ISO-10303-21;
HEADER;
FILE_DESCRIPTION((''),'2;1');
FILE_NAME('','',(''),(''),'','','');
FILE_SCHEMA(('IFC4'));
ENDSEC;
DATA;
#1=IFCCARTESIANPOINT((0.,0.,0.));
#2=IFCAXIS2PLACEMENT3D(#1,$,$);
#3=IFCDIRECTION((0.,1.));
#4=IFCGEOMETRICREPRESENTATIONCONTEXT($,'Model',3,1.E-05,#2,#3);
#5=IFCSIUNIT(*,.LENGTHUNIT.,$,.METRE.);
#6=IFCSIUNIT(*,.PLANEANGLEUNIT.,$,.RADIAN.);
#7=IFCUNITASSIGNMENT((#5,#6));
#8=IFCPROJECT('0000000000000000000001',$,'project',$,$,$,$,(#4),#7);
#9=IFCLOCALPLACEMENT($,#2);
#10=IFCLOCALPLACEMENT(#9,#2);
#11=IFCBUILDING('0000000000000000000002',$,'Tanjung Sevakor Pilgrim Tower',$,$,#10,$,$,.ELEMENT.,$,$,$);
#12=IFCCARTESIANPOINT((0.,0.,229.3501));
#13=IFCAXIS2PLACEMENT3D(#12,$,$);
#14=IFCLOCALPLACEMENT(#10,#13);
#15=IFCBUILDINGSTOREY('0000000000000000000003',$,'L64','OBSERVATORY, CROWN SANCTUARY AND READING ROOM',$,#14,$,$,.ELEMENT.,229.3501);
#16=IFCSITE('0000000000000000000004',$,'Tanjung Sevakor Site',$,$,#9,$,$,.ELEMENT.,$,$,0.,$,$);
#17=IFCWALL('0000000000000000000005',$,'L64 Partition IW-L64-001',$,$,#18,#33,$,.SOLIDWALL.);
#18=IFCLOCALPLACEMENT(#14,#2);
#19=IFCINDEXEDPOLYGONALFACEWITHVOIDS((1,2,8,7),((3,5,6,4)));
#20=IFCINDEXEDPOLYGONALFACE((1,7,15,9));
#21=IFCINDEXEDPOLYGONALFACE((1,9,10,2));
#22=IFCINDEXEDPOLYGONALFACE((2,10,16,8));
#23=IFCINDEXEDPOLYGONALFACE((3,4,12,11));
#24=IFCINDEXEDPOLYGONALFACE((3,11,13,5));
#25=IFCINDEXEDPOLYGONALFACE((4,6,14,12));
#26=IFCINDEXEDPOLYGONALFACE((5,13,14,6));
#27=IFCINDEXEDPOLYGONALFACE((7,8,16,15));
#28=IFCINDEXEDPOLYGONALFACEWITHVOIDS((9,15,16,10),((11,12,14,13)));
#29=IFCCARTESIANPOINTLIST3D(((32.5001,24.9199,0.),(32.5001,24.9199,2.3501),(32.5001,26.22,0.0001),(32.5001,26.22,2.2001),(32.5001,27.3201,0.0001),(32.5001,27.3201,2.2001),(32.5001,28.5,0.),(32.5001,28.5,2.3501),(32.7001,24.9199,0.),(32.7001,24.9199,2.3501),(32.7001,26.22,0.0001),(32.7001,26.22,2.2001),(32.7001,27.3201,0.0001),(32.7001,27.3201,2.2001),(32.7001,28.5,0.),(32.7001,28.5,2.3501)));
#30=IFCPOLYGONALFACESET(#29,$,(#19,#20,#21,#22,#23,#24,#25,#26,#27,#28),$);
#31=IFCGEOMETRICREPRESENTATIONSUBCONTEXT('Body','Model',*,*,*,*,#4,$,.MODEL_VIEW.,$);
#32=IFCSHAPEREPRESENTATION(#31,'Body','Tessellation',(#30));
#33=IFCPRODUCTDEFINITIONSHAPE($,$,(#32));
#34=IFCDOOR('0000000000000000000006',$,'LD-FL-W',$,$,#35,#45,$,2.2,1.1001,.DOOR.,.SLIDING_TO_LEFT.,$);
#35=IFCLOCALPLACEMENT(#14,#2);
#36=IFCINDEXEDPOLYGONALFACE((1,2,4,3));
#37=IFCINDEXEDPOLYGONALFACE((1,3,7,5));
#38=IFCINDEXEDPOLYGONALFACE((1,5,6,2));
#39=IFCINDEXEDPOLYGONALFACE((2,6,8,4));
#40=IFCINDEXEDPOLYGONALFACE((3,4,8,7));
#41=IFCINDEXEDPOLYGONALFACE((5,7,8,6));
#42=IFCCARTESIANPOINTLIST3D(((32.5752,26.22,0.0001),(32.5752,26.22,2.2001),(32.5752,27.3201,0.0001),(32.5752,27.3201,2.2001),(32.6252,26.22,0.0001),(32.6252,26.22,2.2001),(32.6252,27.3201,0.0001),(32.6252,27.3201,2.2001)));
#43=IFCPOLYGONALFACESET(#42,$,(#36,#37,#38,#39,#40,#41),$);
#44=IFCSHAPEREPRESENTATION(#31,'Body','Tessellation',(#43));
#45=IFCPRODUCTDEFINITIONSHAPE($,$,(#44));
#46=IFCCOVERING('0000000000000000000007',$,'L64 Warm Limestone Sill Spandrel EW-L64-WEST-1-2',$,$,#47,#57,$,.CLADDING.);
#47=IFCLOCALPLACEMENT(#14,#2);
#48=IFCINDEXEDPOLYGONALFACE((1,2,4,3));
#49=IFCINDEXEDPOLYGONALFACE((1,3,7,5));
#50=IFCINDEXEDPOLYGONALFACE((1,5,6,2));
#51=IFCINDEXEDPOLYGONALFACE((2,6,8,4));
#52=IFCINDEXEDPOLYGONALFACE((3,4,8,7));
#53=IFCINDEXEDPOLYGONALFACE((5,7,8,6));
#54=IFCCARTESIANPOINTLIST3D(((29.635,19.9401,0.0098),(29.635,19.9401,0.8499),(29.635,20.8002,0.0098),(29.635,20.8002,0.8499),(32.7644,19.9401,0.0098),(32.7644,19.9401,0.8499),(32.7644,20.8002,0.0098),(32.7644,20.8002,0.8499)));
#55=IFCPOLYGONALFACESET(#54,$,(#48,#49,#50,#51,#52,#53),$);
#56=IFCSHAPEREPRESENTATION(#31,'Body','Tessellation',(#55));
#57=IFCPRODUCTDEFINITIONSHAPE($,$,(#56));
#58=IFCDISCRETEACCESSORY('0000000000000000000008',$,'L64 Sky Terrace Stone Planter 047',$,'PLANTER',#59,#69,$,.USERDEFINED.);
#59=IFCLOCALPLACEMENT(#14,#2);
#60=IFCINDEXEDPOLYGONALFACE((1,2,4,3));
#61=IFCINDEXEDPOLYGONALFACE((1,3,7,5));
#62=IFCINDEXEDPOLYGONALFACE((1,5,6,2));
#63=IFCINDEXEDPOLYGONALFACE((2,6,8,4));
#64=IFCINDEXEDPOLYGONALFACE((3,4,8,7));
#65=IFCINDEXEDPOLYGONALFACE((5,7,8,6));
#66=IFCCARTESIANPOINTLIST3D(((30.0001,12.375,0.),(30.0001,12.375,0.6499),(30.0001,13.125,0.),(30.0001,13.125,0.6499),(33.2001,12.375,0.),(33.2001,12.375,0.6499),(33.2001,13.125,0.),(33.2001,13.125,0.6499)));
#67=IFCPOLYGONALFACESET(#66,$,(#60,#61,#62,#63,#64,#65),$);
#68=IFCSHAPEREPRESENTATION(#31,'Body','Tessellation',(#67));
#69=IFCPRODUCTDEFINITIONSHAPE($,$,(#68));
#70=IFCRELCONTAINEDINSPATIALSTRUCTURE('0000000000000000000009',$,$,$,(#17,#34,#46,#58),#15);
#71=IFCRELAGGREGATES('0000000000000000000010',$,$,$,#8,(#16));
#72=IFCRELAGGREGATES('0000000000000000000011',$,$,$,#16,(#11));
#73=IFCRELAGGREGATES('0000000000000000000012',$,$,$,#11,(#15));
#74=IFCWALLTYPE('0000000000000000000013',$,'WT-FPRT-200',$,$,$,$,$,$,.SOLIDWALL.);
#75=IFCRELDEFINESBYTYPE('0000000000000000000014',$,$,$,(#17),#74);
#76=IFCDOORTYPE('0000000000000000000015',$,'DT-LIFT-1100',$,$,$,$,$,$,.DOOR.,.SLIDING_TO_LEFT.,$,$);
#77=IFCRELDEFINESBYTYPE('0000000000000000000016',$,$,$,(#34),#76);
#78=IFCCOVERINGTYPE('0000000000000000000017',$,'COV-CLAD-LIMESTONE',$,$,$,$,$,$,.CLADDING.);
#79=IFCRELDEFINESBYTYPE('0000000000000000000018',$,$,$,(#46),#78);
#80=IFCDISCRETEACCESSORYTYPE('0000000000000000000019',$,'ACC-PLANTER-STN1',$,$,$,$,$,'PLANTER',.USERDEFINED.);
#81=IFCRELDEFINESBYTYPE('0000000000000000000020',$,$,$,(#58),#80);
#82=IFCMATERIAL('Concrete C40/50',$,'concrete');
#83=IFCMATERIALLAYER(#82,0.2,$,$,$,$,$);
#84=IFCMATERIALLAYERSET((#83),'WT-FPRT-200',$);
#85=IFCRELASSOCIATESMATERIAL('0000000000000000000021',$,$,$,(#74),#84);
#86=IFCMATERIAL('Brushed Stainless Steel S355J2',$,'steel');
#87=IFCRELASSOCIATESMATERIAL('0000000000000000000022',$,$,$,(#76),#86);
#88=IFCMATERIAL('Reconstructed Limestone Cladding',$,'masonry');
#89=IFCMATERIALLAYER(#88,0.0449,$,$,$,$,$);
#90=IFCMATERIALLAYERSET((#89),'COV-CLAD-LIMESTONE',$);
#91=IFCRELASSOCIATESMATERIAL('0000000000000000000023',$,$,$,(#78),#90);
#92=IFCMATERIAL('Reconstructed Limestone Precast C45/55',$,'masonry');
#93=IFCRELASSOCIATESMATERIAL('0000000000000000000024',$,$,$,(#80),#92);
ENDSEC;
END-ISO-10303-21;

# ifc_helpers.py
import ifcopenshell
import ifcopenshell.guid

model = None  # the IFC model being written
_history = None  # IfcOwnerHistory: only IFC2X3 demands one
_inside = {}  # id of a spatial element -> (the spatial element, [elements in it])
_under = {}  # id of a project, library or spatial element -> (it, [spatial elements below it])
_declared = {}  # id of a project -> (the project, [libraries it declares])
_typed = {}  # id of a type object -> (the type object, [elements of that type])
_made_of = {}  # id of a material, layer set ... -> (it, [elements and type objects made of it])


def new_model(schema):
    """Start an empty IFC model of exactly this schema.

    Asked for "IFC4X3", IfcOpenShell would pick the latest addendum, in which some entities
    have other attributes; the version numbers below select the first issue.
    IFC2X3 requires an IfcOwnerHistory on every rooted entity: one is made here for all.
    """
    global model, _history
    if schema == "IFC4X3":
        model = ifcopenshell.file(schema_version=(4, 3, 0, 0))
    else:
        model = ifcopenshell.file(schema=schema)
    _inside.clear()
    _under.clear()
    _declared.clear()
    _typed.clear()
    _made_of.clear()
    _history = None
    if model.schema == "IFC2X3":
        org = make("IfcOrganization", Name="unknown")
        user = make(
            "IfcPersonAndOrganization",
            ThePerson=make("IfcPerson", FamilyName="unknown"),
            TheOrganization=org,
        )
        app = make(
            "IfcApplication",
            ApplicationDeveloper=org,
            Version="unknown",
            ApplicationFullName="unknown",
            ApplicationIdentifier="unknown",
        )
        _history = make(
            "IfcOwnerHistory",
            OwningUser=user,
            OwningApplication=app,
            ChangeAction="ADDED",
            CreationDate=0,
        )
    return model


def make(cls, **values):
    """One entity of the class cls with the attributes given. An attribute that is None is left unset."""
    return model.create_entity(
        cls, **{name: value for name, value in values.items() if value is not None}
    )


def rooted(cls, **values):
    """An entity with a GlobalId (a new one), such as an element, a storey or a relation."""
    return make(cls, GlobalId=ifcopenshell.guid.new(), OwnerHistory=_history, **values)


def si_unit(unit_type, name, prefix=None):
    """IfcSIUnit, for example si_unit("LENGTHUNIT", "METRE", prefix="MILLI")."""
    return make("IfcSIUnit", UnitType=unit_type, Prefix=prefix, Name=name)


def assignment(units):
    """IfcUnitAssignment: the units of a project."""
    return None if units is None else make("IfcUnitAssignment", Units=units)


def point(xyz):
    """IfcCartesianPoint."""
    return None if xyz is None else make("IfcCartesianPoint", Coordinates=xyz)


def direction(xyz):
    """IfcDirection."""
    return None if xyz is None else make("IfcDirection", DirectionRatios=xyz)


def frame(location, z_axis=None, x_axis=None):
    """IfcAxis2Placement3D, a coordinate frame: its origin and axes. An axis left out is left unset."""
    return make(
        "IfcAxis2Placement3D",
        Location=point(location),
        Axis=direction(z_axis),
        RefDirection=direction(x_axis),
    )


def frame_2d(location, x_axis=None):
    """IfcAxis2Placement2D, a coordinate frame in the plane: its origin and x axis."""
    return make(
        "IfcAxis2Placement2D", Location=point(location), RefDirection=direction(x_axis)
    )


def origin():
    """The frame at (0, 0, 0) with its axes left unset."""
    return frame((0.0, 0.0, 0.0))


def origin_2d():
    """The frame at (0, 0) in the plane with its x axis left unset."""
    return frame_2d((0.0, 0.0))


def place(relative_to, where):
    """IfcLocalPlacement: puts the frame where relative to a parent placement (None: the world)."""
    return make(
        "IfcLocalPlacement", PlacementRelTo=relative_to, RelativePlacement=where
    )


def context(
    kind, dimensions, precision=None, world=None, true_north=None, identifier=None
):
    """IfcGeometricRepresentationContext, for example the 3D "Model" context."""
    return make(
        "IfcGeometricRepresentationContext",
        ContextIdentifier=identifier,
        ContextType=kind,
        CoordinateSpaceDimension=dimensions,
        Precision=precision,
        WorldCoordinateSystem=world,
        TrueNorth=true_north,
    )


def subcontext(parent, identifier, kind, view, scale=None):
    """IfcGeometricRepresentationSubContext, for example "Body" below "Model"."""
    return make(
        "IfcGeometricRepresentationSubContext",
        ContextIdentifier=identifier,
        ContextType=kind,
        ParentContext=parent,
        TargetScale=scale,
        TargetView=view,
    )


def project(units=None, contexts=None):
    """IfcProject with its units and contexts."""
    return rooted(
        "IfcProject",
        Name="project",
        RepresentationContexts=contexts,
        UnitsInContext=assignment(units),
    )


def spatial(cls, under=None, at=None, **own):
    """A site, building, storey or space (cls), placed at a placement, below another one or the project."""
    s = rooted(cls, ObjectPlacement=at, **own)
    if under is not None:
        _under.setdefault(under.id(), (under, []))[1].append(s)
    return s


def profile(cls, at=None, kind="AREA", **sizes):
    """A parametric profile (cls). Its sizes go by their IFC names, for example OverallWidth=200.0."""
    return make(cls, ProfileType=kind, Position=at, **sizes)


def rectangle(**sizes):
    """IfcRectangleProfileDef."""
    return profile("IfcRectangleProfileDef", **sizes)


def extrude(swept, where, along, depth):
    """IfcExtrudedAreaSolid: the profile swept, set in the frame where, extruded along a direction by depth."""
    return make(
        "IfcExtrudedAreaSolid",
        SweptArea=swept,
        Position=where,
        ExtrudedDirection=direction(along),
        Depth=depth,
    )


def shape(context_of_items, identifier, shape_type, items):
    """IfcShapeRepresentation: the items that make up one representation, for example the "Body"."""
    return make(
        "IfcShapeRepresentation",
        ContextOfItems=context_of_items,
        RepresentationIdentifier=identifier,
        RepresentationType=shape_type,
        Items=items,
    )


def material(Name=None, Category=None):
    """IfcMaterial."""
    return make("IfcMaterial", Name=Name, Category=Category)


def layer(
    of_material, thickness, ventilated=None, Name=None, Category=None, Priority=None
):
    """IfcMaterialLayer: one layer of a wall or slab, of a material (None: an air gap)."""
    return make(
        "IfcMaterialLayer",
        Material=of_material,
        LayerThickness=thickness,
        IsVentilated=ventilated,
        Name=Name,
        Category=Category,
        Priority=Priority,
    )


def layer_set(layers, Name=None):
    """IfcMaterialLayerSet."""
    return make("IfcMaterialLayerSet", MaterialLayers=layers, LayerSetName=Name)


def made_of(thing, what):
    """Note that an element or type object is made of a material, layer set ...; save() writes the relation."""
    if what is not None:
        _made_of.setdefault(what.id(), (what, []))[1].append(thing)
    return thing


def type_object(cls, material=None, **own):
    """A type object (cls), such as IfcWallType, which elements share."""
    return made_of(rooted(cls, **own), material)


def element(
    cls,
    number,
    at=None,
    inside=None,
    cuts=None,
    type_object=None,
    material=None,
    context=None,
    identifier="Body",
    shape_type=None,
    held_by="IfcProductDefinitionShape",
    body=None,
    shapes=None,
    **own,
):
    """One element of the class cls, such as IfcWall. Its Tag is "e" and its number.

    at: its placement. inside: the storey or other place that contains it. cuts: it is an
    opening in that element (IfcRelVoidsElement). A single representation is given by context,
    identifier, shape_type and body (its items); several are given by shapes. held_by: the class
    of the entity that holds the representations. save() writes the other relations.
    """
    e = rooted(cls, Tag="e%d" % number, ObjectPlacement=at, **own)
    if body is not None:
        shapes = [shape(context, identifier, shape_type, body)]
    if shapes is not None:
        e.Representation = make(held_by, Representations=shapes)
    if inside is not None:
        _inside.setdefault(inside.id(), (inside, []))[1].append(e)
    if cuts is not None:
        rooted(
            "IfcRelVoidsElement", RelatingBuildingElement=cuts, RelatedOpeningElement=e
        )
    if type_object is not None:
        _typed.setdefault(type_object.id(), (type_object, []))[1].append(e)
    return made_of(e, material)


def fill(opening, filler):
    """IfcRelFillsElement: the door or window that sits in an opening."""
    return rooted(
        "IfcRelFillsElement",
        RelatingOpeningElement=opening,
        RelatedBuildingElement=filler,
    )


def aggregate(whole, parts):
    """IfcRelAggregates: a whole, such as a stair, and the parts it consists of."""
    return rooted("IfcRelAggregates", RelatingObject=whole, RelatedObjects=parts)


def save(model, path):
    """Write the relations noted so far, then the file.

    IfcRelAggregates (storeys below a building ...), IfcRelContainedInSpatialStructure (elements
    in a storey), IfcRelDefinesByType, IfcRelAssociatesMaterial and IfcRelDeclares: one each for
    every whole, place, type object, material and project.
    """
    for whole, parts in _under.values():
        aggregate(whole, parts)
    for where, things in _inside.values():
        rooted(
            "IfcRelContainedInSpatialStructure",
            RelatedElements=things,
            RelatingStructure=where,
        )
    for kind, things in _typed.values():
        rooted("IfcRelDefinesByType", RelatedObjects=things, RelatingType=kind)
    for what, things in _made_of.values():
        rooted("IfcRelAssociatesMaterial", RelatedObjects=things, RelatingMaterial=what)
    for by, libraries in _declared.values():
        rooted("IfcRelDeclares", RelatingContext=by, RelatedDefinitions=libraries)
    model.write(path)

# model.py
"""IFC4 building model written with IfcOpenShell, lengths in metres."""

from ifc_helpers import new_model, si_unit, direction, frame, frame_2d, origin, origin_2d, place, context, subcontext, project, spatial, rectangle, extrude, material, layer, layer_set, type_object, element, fill, save


model = new_model("IFC4")

# Units and contexts
model_context = context("Model", 3, precision=1e-05, world=origin(), true_north=direction((0.0, 1.0)))
body_context = subcontext(model_context, "Body", "Model", "MODEL_VIEW")
ifc_project = project(units=[si_unit("LENGTHUNIT", "METRE"), si_unit("PLANEANGLEUNIT", "RADIAN")], contexts=[model_context])

# Site, building, storey
site_placement = place(None, origin())
site = spatial("IfcSite", under=ifc_project, at=site_placement, Name="Tanjung Sevakor Site", CompositionType="ELEMENT", RefElevation=0.0)
building_placement = place(site_placement, origin())
building = spatial("IfcBuilding", under=site, at=building_placement, Name="Tanjung Sevakor Pilgrim Tower", CompositionType="ELEMENT")
storey_placement = place(building_placement, frame((0.0, 0.0, 229.3501)))
storey = spatial("IfcBuildingStorey", under=building, at=storey_placement, Name="L64", Description="OBSERVATORY, CROWN SANCTUARY AND READING ROOM", CompositionType="ELEMENT", Elevation=229.3501)

# Wall, opening, door
ifc_material_1 = material(Name="Concrete C40/50", Category="concrete")
ifc_layer_1 = layer(ifc_material_1, 0.2)
ifc_layer_set_1 = layer_set([ifc_layer_1], Name="WT-FPRT-200")
wall_type_1 = type_object("IfcWallType", Name="WT-FPRT-200", PredefinedType="SOLIDWALL", material=ifc_layer_set_1)
wall_1_placement = place(storey_placement, frame((32.6001, 24.9199, 0.0), z_axis=(0.0, 0.0, 1.0), x_axis=(0.0, 1.0, 0.0)))
wall_1 = element("IfcWall", 1, at=wall_1_placement, inside=storey, type_object=wall_type_1, Name="L64 Partition IW-L64-001", PredefinedType="SOLIDWALL", context=body_context, shape_type="SweptSolid", body=[
    extrude(rectangle(XDim=3.5801, YDim=0.2, at=frame_2d((1.79, 0.0))), origin(), (0.0, 0.0, 1.0), 2.3501),
])
opening_1_placement = place(wall_1_placement, frame((1.3, 0.0, 0.0)))
opening_1 = element("IfcOpeningElement", 2, at=opening_1_placement, cuts=wall_1, PredefinedType="OPENING", context=body_context, shape_type="SweptSolid", body=[
    extrude(rectangle(XDim=1.1001, YDim=2.2, at=frame_2d((0.55, 1.1001))), frame((0.0, 0.1099, 0.0), z_axis=(0.0, -1.0, 0.0), x_axis=(1.0, 0.0, 0.0)), (0.0, 0.0, 1.0), 0.22),
])
ifc_material_2 = material(Name="Brushed Stainless Steel S355J2", Category="steel")
door_type_1 = type_object("IfcDoorType", Name="DT-LIFT-1100", OperationType="SLIDING_TO_LEFT", PredefinedType="DOOR", material=ifc_material_2)
door_1_placement = place(opening_1_placement, origin())
door_1 = element("IfcDoor", 3, at=door_1_placement, inside=storey, type_object=door_type_1, Name="LD-FL-W", OperationType="SLIDING_TO_LEFT", OverallHeight=2.2, OverallWidth=1.1001, PredefinedType="DOOR", context=body_context, shape_type="SweptSolid", body=[
    extrude(rectangle(XDim=1.1001, YDim=2.2, at=frame_2d((0.55, 1.1001))), frame((0.0, 0.0249, 0.0), z_axis=(0.0, -1.0, 0.0), x_axis=(1.0, 0.0, 0.0)), (0.0, 0.0, 1.0), 0.05),
])
fill(opening_1, door_1)

# Covering
ifc_material_3 = material(Name="Reconstructed Limestone Cladding", Category="masonry")
ifc_layer_2 = layer(ifc_material_3, 0.0449)
ifc_layer_set_2 = layer_set([ifc_layer_2], Name="COV-CLAD-LIMESTONE")
covering_type = type_object("IfcCoveringType", Name="COV-CLAD-LIMESTONE", PredefinedType="CLADDING", material=ifc_layer_set_2)
covering_placement = place(storey_placement, frame((31.1997, 20.3701, 0.0098), z_axis=(0.0, 0.0, 1.0), x_axis=(1.0, 0.0, 0.0)))
element("IfcCovering", 4, at=covering_placement, inside=storey, type_object=covering_type, Name="L64 Warm Limestone Sill Spandrel EW-L64-WEST-1-2", PredefinedType="CLADDING", context=body_context, shape_type="SweptSolid", body=[
    extrude(rectangle(XDim=3.1294, YDim=0.8601, at=origin_2d()), origin(), (0.0, 0.0, 1.0), 0.8401),
])

# Discrete accessory
ifc_material_4 = material(Name="Reconstructed Limestone Precast C45/55", Category="masonry")
discrete_accessory_type = type_object("IfcDiscreteAccessoryType", Name="ACC-PLANTER-STN1", ElementType="PLANTER", PredefinedType="USERDEFINED", material=ifc_material_4)
discrete_accessory_placement = place(storey_placement, frame((31.6001, 12.75, 0.0), z_axis=(0.0, 0.0, 1.0), x_axis=(1.0, 0.0, 0.0)))
element("IfcDiscreteAccessory", 5, at=discrete_accessory_placement, inside=storey, type_object=discrete_accessory_type, Name="L64 Sky Terrace Stone Planter 047", ObjectType="PLANTER", PredefinedType="USERDEFINED", context=body_context, shape_type="SweptSolid", body=[
    extrude(rectangle(XDim=3.2, YDim=0.75, at=origin_2d()), origin(), (0.0, 0.0, 1.0), 0.6499),
])

save(model, "model.ifc")
